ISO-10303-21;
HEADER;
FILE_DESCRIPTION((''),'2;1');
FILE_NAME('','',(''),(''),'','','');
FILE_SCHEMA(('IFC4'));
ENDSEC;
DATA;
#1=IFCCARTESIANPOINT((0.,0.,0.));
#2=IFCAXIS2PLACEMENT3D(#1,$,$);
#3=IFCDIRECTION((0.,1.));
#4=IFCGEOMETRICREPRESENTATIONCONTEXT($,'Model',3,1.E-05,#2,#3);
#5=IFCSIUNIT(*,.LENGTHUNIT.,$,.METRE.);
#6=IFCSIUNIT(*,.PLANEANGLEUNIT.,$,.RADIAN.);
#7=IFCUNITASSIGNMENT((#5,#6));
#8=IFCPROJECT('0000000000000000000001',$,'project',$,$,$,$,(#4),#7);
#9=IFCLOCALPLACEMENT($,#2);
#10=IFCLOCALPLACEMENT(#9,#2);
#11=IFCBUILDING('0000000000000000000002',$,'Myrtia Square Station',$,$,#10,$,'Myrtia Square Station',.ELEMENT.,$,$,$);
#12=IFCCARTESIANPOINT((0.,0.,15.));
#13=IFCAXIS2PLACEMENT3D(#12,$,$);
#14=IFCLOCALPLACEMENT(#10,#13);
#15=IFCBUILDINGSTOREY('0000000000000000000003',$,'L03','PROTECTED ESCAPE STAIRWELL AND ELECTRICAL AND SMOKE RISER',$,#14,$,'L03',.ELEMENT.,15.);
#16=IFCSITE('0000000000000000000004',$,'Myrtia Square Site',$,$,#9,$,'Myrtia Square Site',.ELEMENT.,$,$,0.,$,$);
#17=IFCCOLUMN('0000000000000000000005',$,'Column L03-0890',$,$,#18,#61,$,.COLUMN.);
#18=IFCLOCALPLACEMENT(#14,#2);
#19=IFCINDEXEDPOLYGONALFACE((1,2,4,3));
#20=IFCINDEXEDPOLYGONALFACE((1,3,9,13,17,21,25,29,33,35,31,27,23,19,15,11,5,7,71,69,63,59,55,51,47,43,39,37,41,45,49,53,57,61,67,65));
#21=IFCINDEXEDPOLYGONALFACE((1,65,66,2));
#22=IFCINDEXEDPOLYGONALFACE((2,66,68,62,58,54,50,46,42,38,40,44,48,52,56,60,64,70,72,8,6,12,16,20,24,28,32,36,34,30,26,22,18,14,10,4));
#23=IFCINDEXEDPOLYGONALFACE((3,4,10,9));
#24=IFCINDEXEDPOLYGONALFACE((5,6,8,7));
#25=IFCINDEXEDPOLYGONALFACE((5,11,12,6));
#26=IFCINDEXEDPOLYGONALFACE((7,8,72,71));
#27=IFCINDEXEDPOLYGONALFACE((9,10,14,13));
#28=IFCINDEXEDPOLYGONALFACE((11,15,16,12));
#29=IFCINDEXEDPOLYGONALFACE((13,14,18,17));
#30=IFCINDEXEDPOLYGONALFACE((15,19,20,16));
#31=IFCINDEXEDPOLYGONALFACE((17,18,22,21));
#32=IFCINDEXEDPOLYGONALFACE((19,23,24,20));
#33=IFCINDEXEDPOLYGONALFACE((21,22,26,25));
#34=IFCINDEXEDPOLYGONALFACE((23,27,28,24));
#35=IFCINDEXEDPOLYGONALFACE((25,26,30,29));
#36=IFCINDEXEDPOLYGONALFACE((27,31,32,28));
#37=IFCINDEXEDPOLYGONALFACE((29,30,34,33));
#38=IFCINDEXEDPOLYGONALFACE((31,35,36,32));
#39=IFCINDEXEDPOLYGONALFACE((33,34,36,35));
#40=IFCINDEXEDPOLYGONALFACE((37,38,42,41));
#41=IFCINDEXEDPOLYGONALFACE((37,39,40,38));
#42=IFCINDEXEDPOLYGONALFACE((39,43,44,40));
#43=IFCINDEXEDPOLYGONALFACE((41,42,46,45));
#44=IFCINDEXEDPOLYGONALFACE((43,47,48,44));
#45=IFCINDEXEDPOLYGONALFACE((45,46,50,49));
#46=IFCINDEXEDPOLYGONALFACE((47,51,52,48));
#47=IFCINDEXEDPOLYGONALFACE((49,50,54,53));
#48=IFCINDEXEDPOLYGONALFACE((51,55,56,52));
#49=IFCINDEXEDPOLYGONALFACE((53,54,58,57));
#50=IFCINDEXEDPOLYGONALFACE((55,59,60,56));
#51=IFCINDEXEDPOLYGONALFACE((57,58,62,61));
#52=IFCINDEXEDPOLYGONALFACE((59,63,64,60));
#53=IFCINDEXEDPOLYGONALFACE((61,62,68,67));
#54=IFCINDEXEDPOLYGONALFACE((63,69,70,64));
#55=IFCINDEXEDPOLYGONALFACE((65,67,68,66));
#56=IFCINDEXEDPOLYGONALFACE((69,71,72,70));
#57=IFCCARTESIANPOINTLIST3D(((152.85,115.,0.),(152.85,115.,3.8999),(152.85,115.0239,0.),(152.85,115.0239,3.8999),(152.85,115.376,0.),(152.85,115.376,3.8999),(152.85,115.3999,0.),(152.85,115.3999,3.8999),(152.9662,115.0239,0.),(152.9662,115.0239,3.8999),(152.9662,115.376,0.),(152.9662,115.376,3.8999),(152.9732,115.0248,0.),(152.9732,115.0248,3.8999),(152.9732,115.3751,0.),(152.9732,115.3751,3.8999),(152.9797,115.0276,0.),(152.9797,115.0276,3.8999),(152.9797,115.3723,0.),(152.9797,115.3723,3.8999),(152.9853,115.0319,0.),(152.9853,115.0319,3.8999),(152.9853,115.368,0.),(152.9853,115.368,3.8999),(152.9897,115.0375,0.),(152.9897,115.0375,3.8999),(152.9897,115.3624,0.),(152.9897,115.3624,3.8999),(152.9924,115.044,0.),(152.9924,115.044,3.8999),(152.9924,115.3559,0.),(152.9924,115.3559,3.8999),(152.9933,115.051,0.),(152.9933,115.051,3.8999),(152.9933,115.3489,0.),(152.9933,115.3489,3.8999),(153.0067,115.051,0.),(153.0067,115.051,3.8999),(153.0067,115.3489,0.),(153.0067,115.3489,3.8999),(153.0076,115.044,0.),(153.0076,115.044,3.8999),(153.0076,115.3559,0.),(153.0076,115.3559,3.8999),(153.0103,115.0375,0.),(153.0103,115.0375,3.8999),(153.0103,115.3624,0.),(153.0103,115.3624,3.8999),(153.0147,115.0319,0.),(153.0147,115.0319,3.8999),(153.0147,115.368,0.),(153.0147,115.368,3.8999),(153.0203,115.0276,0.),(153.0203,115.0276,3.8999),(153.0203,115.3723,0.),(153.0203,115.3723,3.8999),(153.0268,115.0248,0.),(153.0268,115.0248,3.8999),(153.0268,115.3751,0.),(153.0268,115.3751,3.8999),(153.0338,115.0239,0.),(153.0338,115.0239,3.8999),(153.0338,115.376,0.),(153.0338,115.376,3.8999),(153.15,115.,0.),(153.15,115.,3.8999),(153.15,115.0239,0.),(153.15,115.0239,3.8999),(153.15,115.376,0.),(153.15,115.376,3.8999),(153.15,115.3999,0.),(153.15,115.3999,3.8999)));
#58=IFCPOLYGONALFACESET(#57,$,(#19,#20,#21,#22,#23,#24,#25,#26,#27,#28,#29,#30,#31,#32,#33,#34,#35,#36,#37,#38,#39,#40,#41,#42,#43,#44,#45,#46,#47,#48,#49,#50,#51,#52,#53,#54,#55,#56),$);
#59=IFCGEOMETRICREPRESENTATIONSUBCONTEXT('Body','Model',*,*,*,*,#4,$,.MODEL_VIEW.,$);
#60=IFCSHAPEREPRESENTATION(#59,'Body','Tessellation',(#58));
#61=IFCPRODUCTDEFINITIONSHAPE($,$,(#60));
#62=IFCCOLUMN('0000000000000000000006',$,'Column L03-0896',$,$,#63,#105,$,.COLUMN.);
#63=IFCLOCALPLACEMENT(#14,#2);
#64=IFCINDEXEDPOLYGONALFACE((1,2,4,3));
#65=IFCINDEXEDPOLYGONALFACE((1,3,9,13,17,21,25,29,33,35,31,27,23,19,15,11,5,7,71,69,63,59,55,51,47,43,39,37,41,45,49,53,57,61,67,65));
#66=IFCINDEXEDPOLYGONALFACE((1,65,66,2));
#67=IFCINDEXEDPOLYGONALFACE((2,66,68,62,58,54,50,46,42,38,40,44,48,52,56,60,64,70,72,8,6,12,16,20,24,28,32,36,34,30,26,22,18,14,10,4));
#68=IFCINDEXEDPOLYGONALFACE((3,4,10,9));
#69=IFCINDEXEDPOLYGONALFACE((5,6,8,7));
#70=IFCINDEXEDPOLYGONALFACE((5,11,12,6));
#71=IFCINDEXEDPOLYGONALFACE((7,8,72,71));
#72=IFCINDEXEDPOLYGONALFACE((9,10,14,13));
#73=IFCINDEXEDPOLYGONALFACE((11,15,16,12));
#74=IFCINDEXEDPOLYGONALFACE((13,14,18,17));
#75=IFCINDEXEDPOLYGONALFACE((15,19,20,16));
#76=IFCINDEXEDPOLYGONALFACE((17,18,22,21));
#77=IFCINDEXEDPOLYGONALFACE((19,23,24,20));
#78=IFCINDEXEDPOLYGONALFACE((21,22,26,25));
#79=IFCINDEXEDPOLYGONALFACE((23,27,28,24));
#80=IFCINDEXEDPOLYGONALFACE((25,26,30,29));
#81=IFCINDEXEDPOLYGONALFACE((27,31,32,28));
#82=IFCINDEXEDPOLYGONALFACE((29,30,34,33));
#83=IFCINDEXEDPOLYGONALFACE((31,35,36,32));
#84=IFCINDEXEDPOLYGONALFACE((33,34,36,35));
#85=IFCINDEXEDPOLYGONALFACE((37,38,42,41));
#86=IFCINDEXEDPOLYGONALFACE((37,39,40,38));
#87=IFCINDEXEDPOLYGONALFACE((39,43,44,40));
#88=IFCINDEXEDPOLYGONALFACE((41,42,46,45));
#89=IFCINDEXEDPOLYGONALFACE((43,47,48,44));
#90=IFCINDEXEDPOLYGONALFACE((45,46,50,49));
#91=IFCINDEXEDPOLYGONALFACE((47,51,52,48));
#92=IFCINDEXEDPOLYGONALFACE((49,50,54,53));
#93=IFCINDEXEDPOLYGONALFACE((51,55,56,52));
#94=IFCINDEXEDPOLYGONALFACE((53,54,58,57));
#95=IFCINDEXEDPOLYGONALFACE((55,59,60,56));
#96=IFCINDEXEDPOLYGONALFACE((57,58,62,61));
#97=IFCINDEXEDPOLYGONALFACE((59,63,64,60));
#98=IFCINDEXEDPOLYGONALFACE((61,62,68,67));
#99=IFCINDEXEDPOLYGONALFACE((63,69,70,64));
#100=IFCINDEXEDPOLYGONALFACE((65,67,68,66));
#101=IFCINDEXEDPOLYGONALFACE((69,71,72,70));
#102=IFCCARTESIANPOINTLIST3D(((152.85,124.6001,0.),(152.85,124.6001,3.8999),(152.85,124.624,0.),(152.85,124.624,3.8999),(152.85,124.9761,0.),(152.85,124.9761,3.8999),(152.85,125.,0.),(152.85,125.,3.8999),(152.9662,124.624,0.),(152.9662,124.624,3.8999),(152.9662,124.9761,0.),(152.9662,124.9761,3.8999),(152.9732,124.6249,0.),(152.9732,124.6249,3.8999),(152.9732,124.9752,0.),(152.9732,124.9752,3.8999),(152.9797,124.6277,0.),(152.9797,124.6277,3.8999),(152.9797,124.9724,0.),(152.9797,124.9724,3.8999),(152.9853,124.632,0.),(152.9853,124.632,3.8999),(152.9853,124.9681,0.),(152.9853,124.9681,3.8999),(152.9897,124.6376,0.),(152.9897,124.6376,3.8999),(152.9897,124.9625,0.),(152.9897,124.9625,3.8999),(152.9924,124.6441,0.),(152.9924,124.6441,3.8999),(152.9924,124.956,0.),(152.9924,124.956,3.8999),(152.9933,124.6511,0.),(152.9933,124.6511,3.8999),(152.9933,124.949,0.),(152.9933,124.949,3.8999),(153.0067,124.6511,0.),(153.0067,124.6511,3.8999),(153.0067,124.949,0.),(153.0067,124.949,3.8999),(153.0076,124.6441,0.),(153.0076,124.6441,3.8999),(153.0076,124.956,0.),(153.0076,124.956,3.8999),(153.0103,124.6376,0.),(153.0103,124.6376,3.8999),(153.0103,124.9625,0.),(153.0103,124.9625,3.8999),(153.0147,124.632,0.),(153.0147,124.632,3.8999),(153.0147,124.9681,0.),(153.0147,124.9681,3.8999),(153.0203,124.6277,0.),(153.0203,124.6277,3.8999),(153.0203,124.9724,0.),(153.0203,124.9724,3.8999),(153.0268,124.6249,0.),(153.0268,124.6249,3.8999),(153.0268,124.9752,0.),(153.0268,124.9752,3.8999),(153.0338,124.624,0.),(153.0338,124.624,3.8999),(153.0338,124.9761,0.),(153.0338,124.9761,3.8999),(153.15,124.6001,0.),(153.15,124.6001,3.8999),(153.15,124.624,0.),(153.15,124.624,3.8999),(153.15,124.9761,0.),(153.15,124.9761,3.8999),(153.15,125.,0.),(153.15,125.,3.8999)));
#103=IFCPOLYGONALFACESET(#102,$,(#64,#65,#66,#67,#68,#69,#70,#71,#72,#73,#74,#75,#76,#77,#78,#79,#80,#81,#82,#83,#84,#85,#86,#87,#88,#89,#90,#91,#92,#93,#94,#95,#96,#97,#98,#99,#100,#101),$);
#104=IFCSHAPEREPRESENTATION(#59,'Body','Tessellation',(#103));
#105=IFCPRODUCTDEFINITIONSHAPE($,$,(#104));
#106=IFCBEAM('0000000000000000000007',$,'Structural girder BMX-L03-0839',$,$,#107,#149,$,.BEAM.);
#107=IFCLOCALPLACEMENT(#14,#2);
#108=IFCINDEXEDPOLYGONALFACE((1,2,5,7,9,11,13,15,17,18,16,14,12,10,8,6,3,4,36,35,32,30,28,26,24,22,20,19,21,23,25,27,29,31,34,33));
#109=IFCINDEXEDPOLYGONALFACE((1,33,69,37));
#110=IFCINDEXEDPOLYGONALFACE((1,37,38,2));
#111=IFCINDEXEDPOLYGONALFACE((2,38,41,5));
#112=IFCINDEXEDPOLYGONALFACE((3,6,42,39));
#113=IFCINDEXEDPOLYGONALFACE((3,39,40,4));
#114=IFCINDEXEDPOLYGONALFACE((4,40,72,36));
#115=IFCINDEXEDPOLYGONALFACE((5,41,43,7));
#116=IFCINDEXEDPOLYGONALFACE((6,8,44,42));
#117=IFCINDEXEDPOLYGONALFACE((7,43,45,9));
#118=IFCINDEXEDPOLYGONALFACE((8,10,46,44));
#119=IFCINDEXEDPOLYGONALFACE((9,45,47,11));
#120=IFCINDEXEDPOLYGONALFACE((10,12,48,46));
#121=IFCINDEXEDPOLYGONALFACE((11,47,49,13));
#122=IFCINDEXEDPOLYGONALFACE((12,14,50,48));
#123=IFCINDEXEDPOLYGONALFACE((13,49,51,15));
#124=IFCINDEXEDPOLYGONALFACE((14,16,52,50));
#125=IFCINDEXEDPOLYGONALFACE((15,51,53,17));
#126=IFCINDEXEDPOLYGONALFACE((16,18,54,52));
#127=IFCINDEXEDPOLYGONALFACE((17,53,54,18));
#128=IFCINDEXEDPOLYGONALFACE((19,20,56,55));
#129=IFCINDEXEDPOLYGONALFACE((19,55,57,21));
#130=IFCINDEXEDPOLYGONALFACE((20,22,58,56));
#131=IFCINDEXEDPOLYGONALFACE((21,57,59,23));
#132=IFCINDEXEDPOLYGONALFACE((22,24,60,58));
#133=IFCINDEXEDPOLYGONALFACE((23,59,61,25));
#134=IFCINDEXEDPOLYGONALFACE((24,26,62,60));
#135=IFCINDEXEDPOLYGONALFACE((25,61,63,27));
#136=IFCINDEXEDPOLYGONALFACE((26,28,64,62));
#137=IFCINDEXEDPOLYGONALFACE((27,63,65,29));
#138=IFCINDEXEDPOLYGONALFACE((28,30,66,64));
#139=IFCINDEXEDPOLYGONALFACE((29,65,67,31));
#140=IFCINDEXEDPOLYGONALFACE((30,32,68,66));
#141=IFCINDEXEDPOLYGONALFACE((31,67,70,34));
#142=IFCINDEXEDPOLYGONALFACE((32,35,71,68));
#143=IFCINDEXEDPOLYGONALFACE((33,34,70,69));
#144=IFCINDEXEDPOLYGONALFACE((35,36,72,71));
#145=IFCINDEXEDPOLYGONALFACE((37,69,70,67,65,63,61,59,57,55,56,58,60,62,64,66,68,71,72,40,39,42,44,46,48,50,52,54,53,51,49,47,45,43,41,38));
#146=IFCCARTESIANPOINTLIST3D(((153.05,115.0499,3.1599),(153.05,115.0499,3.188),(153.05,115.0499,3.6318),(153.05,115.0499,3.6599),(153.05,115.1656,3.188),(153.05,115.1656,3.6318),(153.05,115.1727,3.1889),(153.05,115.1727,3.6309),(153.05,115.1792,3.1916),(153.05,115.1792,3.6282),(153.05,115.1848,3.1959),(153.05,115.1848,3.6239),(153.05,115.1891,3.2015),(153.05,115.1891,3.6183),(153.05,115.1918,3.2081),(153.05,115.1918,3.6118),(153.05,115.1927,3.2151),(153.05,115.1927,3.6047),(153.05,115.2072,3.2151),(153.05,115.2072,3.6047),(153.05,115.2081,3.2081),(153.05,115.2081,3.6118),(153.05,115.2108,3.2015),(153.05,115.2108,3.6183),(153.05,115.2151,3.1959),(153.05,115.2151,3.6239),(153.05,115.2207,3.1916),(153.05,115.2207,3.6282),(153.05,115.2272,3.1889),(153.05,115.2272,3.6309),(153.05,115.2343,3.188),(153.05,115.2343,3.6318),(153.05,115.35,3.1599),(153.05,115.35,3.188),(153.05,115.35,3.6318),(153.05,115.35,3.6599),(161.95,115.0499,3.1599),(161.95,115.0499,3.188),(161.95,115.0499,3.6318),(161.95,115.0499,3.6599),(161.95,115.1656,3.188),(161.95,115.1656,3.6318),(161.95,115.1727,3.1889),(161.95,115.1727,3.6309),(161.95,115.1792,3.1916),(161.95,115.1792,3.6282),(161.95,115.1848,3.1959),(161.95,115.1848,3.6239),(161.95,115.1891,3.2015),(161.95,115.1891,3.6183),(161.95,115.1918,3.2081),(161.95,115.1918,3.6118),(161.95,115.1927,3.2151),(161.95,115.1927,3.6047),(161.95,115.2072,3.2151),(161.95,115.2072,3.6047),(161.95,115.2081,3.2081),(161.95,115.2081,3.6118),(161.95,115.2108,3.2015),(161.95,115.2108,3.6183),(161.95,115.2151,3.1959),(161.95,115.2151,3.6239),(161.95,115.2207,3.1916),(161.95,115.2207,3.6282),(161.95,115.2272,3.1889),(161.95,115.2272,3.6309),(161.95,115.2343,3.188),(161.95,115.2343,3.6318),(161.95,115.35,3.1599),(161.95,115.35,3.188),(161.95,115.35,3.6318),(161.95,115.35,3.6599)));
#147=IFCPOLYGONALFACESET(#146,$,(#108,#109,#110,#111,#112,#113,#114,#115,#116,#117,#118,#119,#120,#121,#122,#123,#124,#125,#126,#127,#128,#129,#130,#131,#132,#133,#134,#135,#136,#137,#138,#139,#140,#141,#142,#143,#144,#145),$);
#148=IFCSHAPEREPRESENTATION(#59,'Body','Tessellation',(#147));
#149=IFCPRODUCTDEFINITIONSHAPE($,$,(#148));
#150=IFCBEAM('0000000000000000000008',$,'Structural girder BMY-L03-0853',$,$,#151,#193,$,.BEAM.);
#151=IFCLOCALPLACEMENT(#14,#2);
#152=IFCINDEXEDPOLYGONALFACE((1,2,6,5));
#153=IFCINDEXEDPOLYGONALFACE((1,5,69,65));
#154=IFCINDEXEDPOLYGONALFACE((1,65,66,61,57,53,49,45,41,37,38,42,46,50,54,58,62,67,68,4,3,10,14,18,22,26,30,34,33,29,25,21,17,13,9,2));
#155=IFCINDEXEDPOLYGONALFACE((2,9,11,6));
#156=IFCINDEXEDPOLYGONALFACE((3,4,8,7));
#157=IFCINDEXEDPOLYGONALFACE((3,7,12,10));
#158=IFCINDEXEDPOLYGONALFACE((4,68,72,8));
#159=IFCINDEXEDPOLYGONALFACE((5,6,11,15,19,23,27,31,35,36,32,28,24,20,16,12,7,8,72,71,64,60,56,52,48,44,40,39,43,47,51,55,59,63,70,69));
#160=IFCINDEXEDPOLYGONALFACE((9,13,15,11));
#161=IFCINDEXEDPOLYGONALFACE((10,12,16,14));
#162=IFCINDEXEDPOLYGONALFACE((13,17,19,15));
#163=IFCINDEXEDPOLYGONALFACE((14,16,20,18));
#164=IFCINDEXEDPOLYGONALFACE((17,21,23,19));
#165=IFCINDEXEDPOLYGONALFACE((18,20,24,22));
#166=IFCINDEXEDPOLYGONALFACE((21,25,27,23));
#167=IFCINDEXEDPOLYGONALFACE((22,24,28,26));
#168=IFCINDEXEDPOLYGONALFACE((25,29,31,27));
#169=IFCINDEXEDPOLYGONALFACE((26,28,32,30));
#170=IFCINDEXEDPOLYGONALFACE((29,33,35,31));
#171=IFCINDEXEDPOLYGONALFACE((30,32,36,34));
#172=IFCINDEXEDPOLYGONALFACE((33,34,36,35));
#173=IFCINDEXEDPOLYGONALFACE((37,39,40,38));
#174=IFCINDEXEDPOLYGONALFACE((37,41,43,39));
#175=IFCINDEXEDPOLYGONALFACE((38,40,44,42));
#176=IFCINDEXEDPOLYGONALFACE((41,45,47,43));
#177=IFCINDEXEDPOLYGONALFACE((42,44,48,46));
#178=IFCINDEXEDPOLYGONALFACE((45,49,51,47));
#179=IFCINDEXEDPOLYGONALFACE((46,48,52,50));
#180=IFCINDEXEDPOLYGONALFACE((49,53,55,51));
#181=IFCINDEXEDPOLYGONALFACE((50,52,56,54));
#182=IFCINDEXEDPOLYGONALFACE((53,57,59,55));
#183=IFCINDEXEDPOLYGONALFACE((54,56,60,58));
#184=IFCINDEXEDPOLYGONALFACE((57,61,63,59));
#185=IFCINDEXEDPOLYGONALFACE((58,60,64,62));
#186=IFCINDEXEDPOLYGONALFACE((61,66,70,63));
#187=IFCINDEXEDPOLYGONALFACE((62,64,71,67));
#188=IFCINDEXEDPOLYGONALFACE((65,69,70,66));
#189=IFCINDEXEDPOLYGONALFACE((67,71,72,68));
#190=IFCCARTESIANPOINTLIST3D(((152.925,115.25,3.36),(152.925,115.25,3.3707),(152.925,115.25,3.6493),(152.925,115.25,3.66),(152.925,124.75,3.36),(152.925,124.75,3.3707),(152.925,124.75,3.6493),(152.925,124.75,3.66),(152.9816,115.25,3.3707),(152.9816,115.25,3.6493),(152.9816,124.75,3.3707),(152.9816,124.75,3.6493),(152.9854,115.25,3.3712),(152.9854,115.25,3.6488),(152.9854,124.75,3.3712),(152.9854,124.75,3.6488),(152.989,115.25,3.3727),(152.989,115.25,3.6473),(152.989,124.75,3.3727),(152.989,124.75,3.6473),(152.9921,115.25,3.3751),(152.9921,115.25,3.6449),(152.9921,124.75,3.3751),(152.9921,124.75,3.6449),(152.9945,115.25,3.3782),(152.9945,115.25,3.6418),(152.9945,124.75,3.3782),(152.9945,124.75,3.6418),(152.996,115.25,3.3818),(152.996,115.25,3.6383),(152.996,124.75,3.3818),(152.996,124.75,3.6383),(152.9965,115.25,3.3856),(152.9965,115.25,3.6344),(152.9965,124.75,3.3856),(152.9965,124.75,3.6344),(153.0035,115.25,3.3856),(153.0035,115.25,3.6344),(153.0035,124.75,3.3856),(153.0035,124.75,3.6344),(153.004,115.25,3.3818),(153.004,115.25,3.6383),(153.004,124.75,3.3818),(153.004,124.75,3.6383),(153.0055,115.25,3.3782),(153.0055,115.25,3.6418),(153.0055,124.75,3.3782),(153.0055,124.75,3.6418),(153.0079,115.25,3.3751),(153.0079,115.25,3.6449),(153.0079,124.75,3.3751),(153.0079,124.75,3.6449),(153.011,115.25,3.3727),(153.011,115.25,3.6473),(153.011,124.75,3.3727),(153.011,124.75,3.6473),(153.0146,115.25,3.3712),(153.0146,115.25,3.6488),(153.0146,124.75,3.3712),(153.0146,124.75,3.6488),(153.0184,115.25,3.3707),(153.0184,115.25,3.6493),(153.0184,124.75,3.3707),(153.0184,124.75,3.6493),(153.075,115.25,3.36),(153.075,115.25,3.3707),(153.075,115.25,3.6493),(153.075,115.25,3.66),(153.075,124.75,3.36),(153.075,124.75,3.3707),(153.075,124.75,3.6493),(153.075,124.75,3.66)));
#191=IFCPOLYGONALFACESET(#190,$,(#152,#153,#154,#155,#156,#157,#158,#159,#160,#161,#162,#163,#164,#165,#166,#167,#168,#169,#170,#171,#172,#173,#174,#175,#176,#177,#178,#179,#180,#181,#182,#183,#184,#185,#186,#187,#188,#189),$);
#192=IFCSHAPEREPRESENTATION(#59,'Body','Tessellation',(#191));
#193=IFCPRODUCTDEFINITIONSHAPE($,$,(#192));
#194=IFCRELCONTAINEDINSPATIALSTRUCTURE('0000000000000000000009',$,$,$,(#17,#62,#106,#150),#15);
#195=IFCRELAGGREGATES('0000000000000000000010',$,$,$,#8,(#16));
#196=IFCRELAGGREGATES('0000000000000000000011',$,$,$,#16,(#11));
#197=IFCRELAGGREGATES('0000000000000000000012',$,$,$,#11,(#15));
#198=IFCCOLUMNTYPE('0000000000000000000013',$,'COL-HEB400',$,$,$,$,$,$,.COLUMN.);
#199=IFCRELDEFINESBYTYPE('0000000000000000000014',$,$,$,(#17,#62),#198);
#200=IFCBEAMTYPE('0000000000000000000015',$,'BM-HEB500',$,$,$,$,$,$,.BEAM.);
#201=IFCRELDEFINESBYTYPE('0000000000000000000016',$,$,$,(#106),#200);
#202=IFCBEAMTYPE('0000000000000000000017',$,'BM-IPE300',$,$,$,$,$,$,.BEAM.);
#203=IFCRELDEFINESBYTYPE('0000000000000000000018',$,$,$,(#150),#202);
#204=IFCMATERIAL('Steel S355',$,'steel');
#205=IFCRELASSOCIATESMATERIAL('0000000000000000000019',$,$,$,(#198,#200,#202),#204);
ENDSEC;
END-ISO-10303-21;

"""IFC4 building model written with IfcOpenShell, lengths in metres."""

from ifc_helpers import new_model, si_unit, direction, frame, origin, origin_2d, place, context, subcontext, project, spatial, i_section, extrude, material, material_profile, profile_set, type_object, element, save


model = new_model("IFC4")

# Units and contexts
model_context = context("Model", 3, precision=1e-05, world=origin(), true_north=direction((0.0, 1.0)))
body_context = subcontext(model_context, "Body", "Model", "MODEL_VIEW")
ifc_project = project(units=[si_unit("LENGTHUNIT", "METRE"), si_unit("PLANEANGLEUNIT", "RADIAN")], contexts=[model_context])

# Site, building, storey
site_placement = place(None, origin())
site = spatial("IfcSite", under=ifc_project, at=site_placement, Name="Myrtia Square Site", LongName="Myrtia Square Site", CompositionType="ELEMENT", RefElevation=0.0)
building_placement = place(site_placement, origin())
building = spatial("IfcBuilding", under=site, at=building_placement, Name="Myrtia Square Station", LongName="Myrtia Square Station", CompositionType="ELEMENT")
storey_placement = place(building_placement, frame((0.0, 0.0, 15.0)))
storey = spatial("IfcBuildingStorey", under=building, at=storey_placement, Name="L03", Description="PROTECTED ESCAPE STAIRWELL AND ELECTRICAL AND SMOKE RISER", LongName="L03", CompositionType="ELEMENT", Elevation=15.0)

# Columns
ifc_material_1 = material(Name="Steel S355", Category="steel")
ifc_material_profile_1 = material_profile(ifc_material_1, i_section(OverallWidth=0.3, OverallDepth=0.3999, WebThickness=0.0134, FlangeThickness=0.0239, FilletRadius=0.0271, at=origin_2d()), Name="HEB 400")
ifc_profile_set_1 = profile_set([ifc_material_profile_1], Name="Steel S355")
column_type = type_object("IfcColumnType", Name="COL-HEB400", PredefinedType="COLUMN", material=ifc_profile_set_1)
for number, where, z_axis, x_axis, name in (
    (1, (153.0, 115.2, 0.0), (0.0, 0.0, 1.0), (1.0, 0.0, 0.0), "Column L03-0890"),
    (2, (153.0, 124.8, 0.0), (0.0, 0.0, 1.0), (1.0, 0.0, 0.0), "Column L03-0896"),
):
    element("IfcColumn", number, at=place(storey_placement, frame(where, z_axis=z_axis, x_axis=x_axis)), inside=storey, type_object=column_type, Name=name, PredefinedType="COLUMN", context=body_context, shape_type="SweptSolid", body=[
        extrude(i_section(OverallWidth=0.3, OverallDepth=0.3999, WebThickness=0.0134, FlangeThickness=0.0239, FilletRadius=0.0271, at=origin_2d()), origin(), (0.0, 0.0, 1.0), 3.8999),
    ])

# Beams
ifc_material_profile_2 = material_profile(ifc_material_1, i_section(OverallWidth=0.3, OverallDepth=0.5, WebThickness=0.0144, FlangeThickness=0.0281, FilletRadius=0.0271, at=origin_2d()), Name="HEB 500")
ifc_profile_set_2 = profile_set([ifc_material_profile_2], Name="Steel S355")
beam_type_1 = type_object("IfcBeamType", Name="BM-HEB500", PredefinedType="BEAM", material=ifc_profile_set_2)
beam_1_placement = place(storey_placement, frame((153.05, 115.2, 3.4099), z_axis=(1.0, 0.0, 0.0), x_axis=(0.0, 1.0, 0.0)))
element("IfcBeam", 3, at=beam_1_placement, inside=storey, type_object=beam_type_1, Name="Structural girder BMX-L03-0839", PredefinedType="BEAM", context=body_context, shape_type="SweptSolid", body=[
    extrude(i_section(OverallWidth=0.3, OverallDepth=0.5, WebThickness=0.0144, FlangeThickness=0.0281, FilletRadius=0.0271, at=origin_2d()), origin(), (0.0, 0.0, 1.0), 8.8999),
])
ifc_material_profile_3 = material_profile(ifc_material_1, i_section(OverallWidth=0.1499, OverallDepth=0.3, WebThickness=0.0071, FlangeThickness=0.0107, FilletRadius=0.0149, at=origin_2d()), Name="IPE 300")
ifc_profile_set_3 = profile_set([ifc_material_profile_3], Name="Steel S355")
beam_type_2 = type_object("IfcBeamType", Name="BM-IPE300", PredefinedType="BEAM", material=ifc_profile_set_3)
beam_2_placement = place(storey_placement, frame((153.0, 115.25, 3.51), z_axis=(0.0, 1.0, 0.0), x_axis=(-1.0, 0.0, 0.0)))
element("IfcBeam", 4, at=beam_2_placement, inside=storey, type_object=beam_type_2, Name="Structural girder BMY-L03-0853", PredefinedType="BEAM", context=body_context, shape_type="SweptSolid", body=[
    extrude(i_section(OverallWidth=0.1499, OverallDepth=0.3, WebThickness=0.0071, FlangeThickness=0.0107, FilletRadius=0.0149, at=origin_2d()), origin(), (0.0, 0.0, 1.0), 9.5),
])

save(model, "model.ifc")
